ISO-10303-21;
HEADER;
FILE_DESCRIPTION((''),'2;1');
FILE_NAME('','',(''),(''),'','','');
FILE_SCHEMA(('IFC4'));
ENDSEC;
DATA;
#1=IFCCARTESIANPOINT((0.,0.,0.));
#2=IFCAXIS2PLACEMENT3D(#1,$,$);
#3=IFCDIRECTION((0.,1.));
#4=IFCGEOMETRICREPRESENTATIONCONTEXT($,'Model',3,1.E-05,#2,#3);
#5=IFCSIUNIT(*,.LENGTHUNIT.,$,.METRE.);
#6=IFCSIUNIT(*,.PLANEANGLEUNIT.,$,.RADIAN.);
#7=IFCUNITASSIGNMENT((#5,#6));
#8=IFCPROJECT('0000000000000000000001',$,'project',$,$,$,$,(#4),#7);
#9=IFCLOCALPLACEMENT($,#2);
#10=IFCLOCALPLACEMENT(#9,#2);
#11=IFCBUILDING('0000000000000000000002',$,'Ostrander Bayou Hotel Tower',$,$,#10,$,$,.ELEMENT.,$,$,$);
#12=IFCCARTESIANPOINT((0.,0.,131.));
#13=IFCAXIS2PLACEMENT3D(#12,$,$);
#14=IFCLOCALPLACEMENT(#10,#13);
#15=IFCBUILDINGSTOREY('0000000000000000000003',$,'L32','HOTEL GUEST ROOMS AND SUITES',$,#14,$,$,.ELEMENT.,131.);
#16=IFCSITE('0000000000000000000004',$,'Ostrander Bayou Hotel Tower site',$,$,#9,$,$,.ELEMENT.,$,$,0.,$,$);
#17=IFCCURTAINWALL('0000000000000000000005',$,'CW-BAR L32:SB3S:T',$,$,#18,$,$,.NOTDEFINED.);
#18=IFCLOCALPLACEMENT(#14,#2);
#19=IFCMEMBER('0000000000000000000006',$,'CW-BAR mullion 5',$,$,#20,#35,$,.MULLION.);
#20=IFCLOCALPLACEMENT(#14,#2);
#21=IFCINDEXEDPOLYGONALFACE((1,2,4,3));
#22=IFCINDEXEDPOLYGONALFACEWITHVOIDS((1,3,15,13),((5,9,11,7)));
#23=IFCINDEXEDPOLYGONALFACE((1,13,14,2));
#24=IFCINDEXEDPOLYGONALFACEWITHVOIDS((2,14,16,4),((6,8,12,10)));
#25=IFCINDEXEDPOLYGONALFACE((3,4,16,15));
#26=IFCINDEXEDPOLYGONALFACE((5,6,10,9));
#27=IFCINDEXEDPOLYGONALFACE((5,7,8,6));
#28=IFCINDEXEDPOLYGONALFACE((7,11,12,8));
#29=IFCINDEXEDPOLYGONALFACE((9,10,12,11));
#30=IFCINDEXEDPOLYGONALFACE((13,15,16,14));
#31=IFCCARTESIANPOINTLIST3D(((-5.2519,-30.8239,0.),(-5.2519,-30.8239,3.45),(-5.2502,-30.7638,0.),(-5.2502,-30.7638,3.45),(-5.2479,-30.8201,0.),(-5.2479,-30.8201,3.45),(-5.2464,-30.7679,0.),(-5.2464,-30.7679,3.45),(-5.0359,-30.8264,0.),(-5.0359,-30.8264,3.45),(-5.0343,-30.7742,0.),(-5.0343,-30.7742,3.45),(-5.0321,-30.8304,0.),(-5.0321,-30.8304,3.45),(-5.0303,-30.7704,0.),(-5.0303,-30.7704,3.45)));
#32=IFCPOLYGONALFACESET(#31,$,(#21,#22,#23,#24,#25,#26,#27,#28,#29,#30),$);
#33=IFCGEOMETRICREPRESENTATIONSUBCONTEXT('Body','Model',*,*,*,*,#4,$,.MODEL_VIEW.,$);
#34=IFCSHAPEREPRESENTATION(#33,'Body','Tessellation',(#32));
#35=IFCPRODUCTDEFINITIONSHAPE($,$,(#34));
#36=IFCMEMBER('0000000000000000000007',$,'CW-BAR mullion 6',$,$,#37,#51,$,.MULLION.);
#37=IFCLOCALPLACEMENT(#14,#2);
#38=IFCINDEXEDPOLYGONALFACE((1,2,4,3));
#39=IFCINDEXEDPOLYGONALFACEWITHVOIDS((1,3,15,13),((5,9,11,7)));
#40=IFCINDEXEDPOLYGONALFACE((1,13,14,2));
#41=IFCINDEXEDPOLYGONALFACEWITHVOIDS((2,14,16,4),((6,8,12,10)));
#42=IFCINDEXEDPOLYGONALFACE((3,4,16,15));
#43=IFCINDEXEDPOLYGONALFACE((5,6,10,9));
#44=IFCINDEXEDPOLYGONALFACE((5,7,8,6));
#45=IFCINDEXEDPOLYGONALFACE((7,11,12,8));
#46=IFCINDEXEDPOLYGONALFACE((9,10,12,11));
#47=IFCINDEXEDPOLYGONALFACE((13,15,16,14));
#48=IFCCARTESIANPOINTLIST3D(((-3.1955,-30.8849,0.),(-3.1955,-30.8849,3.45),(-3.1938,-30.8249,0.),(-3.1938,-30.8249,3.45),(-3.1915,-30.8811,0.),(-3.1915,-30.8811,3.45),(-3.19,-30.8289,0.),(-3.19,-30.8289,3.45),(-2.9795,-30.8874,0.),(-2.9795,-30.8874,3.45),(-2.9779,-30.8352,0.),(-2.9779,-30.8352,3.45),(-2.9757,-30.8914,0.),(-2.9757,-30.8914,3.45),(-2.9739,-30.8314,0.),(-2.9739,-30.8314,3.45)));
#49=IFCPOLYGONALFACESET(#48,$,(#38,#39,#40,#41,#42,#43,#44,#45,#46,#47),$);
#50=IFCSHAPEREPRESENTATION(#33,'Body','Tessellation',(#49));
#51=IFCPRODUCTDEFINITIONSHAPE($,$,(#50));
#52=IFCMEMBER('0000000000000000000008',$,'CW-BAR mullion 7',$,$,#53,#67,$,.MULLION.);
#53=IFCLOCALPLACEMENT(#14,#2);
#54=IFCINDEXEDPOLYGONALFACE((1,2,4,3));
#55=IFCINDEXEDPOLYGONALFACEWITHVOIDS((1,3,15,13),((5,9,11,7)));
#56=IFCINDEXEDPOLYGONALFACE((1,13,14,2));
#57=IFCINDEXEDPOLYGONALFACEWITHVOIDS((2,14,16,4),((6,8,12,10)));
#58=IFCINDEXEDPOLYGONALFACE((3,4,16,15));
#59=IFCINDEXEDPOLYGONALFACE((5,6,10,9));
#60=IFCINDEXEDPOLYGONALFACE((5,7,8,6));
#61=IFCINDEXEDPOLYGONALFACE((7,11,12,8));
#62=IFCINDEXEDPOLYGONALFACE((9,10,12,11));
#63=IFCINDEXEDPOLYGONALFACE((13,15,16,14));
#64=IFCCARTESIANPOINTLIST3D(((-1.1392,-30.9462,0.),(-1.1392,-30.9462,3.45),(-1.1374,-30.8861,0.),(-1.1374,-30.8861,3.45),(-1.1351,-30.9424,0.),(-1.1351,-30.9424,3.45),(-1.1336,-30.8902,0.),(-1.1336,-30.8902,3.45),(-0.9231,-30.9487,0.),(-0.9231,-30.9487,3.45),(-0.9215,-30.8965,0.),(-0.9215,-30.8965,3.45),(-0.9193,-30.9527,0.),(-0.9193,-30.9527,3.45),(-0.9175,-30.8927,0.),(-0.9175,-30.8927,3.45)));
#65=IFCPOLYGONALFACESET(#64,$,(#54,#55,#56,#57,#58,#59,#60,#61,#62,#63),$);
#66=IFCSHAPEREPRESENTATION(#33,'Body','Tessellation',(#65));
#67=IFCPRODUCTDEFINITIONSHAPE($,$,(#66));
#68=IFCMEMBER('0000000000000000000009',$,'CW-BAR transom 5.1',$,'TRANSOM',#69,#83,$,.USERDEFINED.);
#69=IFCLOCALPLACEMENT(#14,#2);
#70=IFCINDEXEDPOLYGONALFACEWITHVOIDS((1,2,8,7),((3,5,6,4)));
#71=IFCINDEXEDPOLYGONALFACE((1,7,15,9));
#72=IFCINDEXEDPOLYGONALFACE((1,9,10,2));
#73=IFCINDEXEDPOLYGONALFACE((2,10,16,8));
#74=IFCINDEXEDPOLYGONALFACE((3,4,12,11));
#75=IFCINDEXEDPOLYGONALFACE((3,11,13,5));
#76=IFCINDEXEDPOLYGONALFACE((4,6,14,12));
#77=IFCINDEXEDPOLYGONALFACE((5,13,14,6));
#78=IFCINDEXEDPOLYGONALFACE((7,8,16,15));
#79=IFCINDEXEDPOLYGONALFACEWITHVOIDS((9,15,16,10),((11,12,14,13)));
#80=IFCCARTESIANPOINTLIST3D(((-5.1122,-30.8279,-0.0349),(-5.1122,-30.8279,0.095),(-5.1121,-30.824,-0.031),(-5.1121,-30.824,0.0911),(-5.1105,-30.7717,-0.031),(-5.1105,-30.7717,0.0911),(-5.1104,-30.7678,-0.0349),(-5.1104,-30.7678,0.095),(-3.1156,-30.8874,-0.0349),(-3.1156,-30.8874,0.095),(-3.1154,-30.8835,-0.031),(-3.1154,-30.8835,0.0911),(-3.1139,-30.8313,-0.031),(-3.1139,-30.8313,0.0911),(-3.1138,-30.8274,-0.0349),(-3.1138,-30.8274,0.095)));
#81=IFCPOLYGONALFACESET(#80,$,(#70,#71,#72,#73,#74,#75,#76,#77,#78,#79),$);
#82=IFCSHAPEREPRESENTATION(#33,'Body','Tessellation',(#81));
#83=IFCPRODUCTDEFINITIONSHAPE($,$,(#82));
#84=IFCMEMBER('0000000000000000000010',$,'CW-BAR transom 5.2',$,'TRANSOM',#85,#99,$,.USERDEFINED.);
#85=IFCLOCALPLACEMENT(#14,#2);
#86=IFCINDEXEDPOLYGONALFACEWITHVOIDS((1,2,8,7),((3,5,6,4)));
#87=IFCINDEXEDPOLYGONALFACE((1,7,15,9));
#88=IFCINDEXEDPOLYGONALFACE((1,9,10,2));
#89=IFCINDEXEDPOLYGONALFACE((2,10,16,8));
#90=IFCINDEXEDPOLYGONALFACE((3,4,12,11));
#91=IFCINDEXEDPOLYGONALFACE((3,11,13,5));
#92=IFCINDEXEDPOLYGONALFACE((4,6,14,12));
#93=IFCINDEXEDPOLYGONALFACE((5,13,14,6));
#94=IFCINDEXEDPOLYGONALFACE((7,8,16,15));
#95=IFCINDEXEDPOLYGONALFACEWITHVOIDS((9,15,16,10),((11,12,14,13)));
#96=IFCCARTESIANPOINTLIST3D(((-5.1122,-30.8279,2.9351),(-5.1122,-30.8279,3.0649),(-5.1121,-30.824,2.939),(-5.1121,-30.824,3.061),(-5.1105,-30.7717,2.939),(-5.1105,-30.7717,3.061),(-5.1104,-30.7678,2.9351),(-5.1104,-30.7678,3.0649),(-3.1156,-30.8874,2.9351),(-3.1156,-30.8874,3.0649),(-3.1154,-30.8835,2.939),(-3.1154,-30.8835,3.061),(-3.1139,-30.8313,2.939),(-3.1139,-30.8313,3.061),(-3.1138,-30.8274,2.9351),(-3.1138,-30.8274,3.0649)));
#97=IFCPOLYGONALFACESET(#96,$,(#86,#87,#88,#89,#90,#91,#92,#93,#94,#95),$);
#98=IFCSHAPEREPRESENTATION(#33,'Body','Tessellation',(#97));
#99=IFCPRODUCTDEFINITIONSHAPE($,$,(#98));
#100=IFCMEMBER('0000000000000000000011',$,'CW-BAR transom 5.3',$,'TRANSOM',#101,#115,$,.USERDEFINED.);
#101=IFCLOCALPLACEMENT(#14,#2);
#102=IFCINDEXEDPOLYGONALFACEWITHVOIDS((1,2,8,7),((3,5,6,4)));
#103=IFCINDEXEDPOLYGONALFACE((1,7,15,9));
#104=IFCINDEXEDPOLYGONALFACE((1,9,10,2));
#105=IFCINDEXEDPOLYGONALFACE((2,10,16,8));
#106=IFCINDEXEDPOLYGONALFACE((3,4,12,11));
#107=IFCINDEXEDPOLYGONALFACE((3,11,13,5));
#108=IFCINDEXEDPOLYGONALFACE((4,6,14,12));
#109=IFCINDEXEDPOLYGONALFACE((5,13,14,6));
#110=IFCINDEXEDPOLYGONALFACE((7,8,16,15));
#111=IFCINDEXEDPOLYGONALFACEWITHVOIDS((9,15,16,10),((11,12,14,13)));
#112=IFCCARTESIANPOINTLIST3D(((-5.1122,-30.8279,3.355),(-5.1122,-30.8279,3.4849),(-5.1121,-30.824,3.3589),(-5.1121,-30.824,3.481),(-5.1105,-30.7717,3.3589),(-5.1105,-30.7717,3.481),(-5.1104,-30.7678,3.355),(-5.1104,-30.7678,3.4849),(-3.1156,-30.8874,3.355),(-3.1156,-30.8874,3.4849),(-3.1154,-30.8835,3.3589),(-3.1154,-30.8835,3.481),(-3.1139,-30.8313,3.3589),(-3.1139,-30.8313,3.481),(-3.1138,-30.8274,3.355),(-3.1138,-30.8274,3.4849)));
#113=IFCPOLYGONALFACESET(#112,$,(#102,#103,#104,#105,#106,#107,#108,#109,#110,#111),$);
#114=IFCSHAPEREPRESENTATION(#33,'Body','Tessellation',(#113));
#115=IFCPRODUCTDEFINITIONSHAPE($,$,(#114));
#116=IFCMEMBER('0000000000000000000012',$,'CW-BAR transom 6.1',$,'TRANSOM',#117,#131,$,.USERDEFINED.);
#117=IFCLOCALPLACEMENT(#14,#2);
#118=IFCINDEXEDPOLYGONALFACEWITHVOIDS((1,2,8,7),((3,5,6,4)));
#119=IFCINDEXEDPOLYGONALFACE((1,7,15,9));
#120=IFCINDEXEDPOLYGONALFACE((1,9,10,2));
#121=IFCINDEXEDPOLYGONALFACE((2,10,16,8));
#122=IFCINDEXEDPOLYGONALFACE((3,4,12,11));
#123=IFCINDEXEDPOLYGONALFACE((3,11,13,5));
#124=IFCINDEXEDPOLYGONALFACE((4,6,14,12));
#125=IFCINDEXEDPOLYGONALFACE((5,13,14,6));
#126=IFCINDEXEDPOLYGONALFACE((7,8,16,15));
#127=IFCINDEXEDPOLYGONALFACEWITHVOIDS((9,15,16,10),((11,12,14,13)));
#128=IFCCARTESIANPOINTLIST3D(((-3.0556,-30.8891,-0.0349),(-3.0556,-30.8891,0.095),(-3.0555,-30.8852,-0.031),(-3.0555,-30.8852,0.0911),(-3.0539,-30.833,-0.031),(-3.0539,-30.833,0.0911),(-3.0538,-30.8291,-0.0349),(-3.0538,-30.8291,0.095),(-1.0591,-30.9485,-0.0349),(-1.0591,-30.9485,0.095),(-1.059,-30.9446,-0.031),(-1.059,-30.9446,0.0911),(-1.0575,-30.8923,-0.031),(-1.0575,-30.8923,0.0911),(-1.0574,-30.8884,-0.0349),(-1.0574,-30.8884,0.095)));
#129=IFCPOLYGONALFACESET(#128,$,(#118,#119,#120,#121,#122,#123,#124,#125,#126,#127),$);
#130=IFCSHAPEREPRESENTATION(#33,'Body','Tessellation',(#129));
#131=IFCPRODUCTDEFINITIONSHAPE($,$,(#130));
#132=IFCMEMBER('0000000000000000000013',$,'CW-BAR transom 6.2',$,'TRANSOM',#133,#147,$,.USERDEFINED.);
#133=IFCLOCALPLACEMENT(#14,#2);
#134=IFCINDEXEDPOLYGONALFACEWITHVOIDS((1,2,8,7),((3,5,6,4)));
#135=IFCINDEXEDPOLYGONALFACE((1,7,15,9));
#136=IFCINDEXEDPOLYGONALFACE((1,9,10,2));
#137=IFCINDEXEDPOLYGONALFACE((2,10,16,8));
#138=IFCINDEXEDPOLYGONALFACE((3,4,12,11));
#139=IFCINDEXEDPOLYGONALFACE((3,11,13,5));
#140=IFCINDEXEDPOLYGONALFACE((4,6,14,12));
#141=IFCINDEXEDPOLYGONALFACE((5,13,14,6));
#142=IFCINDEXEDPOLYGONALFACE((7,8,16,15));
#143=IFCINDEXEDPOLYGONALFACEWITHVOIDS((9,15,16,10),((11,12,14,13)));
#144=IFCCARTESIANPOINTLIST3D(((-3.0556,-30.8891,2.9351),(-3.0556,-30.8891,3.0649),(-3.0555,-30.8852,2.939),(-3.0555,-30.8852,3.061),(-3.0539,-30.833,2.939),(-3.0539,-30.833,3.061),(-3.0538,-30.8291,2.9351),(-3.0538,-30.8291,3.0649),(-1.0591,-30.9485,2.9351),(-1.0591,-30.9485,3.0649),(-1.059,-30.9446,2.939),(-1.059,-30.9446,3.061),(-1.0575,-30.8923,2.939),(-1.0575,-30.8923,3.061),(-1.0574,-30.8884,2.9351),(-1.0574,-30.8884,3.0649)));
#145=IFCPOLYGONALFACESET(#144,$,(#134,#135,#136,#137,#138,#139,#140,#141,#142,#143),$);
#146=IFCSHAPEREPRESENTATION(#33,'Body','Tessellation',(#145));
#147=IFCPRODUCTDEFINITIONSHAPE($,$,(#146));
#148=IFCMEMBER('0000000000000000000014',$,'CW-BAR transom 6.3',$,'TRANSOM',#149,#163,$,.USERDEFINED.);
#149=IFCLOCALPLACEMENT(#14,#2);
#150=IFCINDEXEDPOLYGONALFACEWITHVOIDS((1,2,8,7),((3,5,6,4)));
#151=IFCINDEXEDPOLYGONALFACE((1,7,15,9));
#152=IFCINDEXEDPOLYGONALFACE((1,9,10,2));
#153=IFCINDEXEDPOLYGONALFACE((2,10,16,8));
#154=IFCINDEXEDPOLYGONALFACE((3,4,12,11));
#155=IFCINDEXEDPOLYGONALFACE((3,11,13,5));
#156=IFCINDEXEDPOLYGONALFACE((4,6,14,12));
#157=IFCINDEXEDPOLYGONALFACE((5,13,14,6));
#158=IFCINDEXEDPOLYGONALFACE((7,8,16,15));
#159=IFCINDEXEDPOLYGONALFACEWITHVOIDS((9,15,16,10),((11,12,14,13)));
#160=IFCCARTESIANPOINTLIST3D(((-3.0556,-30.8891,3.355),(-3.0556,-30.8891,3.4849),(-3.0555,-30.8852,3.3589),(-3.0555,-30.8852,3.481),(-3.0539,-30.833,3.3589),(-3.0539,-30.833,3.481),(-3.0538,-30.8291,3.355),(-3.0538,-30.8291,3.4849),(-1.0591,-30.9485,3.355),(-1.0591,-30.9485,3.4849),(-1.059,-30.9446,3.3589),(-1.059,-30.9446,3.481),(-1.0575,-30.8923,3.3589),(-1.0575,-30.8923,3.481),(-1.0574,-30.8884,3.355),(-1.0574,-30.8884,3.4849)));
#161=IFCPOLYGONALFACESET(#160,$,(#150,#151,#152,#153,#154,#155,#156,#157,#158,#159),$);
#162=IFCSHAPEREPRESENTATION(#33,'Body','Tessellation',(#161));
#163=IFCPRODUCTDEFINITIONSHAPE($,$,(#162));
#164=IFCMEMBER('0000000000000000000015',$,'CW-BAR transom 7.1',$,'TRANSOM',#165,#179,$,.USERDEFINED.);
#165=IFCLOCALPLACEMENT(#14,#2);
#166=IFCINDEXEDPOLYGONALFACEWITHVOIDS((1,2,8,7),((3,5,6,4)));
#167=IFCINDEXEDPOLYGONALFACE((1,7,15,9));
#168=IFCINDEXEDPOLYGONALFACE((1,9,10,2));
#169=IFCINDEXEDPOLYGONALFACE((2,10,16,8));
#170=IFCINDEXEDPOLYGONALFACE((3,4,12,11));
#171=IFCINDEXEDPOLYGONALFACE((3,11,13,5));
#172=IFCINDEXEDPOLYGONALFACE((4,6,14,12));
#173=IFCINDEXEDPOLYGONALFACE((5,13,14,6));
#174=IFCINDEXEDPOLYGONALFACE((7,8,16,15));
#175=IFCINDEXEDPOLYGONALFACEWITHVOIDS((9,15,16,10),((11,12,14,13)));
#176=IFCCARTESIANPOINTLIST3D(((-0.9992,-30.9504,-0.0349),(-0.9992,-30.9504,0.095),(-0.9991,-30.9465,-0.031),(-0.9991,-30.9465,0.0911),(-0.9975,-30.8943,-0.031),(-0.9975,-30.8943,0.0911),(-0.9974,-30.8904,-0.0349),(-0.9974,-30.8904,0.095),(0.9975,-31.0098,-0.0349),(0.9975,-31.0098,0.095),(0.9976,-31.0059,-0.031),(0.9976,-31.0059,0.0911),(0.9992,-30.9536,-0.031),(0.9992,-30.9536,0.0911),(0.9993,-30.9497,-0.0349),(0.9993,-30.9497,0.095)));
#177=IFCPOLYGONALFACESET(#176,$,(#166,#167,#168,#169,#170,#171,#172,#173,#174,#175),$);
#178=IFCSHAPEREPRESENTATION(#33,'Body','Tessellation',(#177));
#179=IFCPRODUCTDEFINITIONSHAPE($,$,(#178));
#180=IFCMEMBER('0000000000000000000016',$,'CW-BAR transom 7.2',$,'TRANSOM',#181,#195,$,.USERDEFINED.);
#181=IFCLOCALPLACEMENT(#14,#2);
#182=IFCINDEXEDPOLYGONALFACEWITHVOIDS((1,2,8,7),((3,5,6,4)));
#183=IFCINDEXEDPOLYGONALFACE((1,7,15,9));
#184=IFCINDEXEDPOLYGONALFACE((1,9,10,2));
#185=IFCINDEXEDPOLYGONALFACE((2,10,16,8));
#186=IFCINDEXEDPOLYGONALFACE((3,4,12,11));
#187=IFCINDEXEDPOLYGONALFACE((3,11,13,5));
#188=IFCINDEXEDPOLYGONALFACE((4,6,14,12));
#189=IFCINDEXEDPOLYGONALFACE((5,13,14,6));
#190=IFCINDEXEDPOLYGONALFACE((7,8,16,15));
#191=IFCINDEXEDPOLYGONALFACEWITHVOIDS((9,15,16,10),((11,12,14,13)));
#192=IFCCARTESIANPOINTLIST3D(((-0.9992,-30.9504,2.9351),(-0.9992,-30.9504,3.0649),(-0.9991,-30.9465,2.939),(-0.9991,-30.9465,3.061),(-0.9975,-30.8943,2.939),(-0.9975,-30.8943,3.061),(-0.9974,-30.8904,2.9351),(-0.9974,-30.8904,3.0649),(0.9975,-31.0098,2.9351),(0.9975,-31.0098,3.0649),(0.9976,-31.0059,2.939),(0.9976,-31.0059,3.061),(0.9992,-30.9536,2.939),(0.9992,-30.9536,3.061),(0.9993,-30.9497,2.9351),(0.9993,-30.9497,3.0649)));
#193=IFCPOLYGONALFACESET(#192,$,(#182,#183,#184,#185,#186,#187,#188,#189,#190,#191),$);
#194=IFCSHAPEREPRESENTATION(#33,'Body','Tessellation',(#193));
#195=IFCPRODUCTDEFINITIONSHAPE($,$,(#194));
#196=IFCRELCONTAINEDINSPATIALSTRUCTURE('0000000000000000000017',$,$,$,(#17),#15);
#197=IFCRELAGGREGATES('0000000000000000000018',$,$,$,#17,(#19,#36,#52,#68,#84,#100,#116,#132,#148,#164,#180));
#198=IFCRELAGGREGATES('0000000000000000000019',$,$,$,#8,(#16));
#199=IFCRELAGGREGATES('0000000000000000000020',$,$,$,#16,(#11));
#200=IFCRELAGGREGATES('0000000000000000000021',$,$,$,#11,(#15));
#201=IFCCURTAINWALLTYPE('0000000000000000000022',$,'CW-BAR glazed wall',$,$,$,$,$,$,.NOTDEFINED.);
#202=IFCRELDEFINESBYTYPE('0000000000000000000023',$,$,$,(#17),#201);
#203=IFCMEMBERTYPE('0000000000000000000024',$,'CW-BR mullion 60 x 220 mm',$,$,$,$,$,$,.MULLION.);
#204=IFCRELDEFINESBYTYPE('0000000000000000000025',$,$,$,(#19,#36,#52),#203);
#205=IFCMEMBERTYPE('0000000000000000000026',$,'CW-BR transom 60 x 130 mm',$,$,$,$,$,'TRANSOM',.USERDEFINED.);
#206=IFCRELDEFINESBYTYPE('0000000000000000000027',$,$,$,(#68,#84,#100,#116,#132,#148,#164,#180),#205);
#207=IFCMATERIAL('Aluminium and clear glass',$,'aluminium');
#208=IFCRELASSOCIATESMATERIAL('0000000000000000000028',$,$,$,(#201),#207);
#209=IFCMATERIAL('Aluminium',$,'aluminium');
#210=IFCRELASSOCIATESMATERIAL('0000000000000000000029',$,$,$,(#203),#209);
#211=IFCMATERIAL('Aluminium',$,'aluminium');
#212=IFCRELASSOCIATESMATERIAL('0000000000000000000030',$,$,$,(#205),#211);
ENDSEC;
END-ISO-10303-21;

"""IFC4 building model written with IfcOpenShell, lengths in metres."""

from ifc_helpers import new_model, si_unit, direction, frame, origin, origin_2d, place, context, subcontext, project, spatial, hollow_rectangle, extrude, material, material_profile, profile_set, type_object, element, aggregate, save


model = new_model("IFC4")

# Units and contexts
model_context = context("Model", 3, precision=1e-05, world=origin(), true_north=direction((0.0, 1.0)))
body_context = subcontext(model_context, "Body", "Model", "MODEL_VIEW")
ifc_project = project(units=[si_unit("LENGTHUNIT", "METRE"), si_unit("PLANEANGLEUNIT", "RADIAN")], contexts=[model_context])

# Site, building, storey
site_placement = place(None, origin())
site = spatial("IfcSite", under=ifc_project, at=site_placement, Name="Ostrander Bayou Hotel Tower site", CompositionType="ELEMENT", RefElevation=0.0)
building_placement = place(site_placement, origin())
building = spatial("IfcBuilding", under=site, at=building_placement, Name="Ostrander Bayou Hotel Tower", CompositionType="ELEMENT")
storey_placement = place(building_placement, frame((0.0, 0.0, 131.0)))
storey = spatial("IfcBuildingStorey", under=building, at=storey_placement, Name="L32", Description="HOTEL GUEST ROOMS AND SUITES", CompositionType="ELEMENT", Elevation=131.0)

# Curtain wall, members
ifc_material_1 = material(Name="Aluminium and clear glass", Category="aluminium")
curtain_wall_type = type_object("IfcCurtainWallType", Name="CW-BAR glazed wall", PredefinedType="NOTDEFINED", material=ifc_material_1)
curtain_wall_placement = place(storey_placement, origin())
curtain_wall = element("IfcCurtainWall", 1, at=curtain_wall_placement, inside=storey, type_object=curtain_wall_type, Name="CW-BAR L32:SB3S:T", PredefinedType="NOTDEFINED")
ifc_material_2 = material(Name="Aluminium", Category="aluminium")
ifc_material_profile_1 = material_profile(ifc_material_2, hollow_rectangle(XDim=0.0601, YDim=0.22, WallThickness=0.0039, at=origin_2d()))
ifc_profile_set_1 = profile_set([ifc_material_profile_1], Name="Aluminium")
member_type_1 = type_object("IfcMemberType", Name="CW-BR mullion 60 x 220 mm", PredefinedType="MULLION", material=ifc_profile_set_1)
member_1_placement = place(storey_placement, frame((-5.1411, -30.7971, 0.0), z_axis=(0.0, 0.0, 1.0), x_axis=(0.029746, 0.999557, 0.0)))
member_1 = element("IfcMember", 2, at=member_1_placement, type_object=member_type_1, Name="CW-BAR mullion 5", PredefinedType="MULLION", context=body_context, shape_type="SweptSolid", body=[
    extrude(hollow_rectangle(XDim=0.0601, YDim=0.22, WallThickness=0.0039, at=origin_2d()), origin(), (0.0, 0.0, 1.0), 3.45),
])
member_2_placement = place(storey_placement, frame((-3.0847, -30.8582, 0.0), z_axis=(0.0, 0.0, 1.0), x_axis=(0.029746, 0.999557, 0.0)))
member_2 = element("IfcMember", 3, at=member_2_placement, type_object=member_type_1, Name="CW-BAR mullion 6", PredefinedType="MULLION", context=body_context, shape_type="SweptSolid", body=[
    extrude(hollow_rectangle(XDim=0.0601, YDim=0.22, WallThickness=0.0039, at=origin_2d()), origin(), (0.0, 0.0, 1.0), 3.45),
])
member_3_placement = place(storey_placement, frame((-1.0283, -30.9194, 0.0), z_axis=(0.0, 0.0, 1.0), x_axis=(0.029746, 0.999557, 0.0)))
member_3 = element("IfcMember", 4, at=member_3_placement, type_object=member_type_1, Name="CW-BAR mullion 7", PredefinedType="MULLION", context=body_context, shape_type="SweptSolid", body=[
    extrude(hollow_rectangle(XDim=0.0601, YDim=0.22, WallThickness=0.0039, at=origin_2d()), origin(), (0.0, 0.0, 1.0), 3.45),
])
ifc_material_3 = material(Name="Aluminium", Category="aluminium")
ifc_material_profile_2 = material_profile(ifc_material_3, hollow_rectangle(XDim=0.0601, YDim=0.1299, WallThickness=0.0039, at=origin_2d()))
ifc_profile_set_2 = profile_set([ifc_material_profile_2], Name="Aluminium")
member_type_2 = type_object("IfcMemberType", Name="CW-BR transom 60 x 130 mm", ElementType="TRANSOM", PredefinedType="USERDEFINED", material=ifc_profile_set_2)
member_4_placement = place(storey_placement, frame((-5.1113, -30.7979, 0.03), z_axis=(0.999555, -0.029823, 0.0), x_axis=(0.029823, 0.999555, 0.0)))
member_4 = element("IfcMember", 5, at=member_4_placement, type_object=member_type_2, Name="CW-BAR transom 5.1", ObjectType="TRANSOM", PredefinedType="USERDEFINED", context=body_context, shape_type="SweptSolid", body=[
    extrude(hollow_rectangle(XDim=0.0601, YDim=0.1299, WallThickness=0.0039, at=origin_2d()), origin(), (0.0, 0.0, 1.0), 1.9976),
])
member_5_placement = place(storey_placement, frame((-5.1113, -30.7979, 3.0), z_axis=(0.999555, -0.029823, 0.0), x_axis=(0.029823, 0.999555, 0.0)))
member_5 = element("IfcMember", 6, at=member_5_placement, type_object=member_type_2, Name="CW-BAR transom 5.2", ObjectType="TRANSOM", PredefinedType="USERDEFINED", context=body_context, shape_type="SweptSolid", body=[
    extrude(hollow_rectangle(XDim=0.0601, YDim=0.1299, WallThickness=0.0039, at=origin_2d()), origin(), (0.0, 0.0, 1.0), 1.9976),
])
member_6_placement = place(storey_placement, frame((-5.1113, -30.7979, 3.4199), z_axis=(0.999555, -0.029823, 0.0), x_axis=(0.029823, 0.999555, 0.0)))
member_6 = element("IfcMember", 7, at=member_6_placement, type_object=member_type_2, Name="CW-BAR transom 5.3", ObjectType="TRANSOM", PredefinedType="USERDEFINED", context=body_context, shape_type="SweptSolid", body=[
    extrude(hollow_rectangle(XDim=0.0601, YDim=0.1299, WallThickness=0.0039, at=origin_2d()), origin(), (0.0, 0.0, 1.0), 1.9976),
])
member_7_placement = place(storey_placement, frame((-3.0547, -30.8591, 0.03), z_axis=(0.999559, -0.029704, 0.0), x_axis=(0.029704, 0.999559, 0.0)))
member_7 = element("IfcMember", 8, at=member_7_placement, type_object=member_type_2, Name="CW-BAR transom 6.1", ObjectType="TRANSOM", PredefinedType="USERDEFINED", context=body_context, shape_type="SweptSolid", body=[
    extrude(hollow_rectangle(XDim=0.0601, YDim=0.1299, WallThickness=0.0039, at=origin_2d()), origin(), (0.0, 0.0, 1.0), 1.9973),
])
member_8_placement = place(storey_placement, frame((-3.0547, -30.8591, 3.0), z_axis=(0.999559, -0.029704, 0.0), x_axis=(0.029704, 0.999559, 0.0)))
member_8 = element("IfcMember", 9, at=member_8_placement, type_object=member_type_2, Name="CW-BAR transom 6.2", ObjectType="TRANSOM", PredefinedType="USERDEFINED", context=body_context, shape_type="SweptSolid", body=[
    extrude(hollow_rectangle(XDim=0.0601, YDim=0.1299, WallThickness=0.0039, at=origin_2d()), origin(), (0.0, 0.0, 1.0), 1.9973),
])
member_9_placement = place(storey_placement, frame((-3.0547, -30.8591, 3.4199), z_axis=(0.999559, -0.029704, 0.0), x_axis=(0.029704, 0.999559, 0.0)))
member_9 = element("IfcMember", 10, at=member_9_placement, type_object=member_type_2, Name="CW-BAR transom 6.3", ObjectType="TRANSOM", PredefinedType="USERDEFINED", context=body_context, shape_type="SweptSolid", body=[
    extrude(hollow_rectangle(XDim=0.0601, YDim=0.1299, WallThickness=0.0039, at=origin_2d()), origin(), (0.0, 0.0, 1.0), 1.9973),
])
member_10_placement = place(storey_placement, frame((-0.9983, -30.9204, 0.03), z_axis=(0.999559, -0.029701, 0.0), x_axis=(0.029701, 0.999559, 0.0)))
member_10 = element("IfcMember", 11, at=member_10_placement, type_object=member_type_2, Name="CW-BAR transom 7.1", ObjectType="TRANSOM", PredefinedType="USERDEFINED", context=body_context, shape_type="SweptSolid", body=[
    extrude(hollow_rectangle(XDim=0.0601, YDim=0.1299, WallThickness=0.0039, at=origin_2d()), origin(), (0.0, 0.0, 1.0), 1.9976),
])
member_11_placement = place(storey_placement, frame((-0.9983, -30.9204, 3.0), z_axis=(0.999559, -0.029701, 0.0), x_axis=(0.029701, 0.999559, 0.0)))
member_11 = element("IfcMember", 12, at=member_11_placement, type_object=member_type_2, Name="CW-BAR transom 7.2", ObjectType="TRANSOM", PredefinedType="USERDEFINED", context=body_context, shape_type="SweptSolid", body=[
    extrude(hollow_rectangle(XDim=0.0601, YDim=0.1299, WallThickness=0.0039, at=origin_2d()), origin(), (0.0, 0.0, 1.0), 1.9976),
])
aggregate(curtain_wall, [member_1, member_2, member_3, member_4, member_5, member_6, member_7, member_8, member_9, member_10, member_11])

save(model, "model.ifc")
